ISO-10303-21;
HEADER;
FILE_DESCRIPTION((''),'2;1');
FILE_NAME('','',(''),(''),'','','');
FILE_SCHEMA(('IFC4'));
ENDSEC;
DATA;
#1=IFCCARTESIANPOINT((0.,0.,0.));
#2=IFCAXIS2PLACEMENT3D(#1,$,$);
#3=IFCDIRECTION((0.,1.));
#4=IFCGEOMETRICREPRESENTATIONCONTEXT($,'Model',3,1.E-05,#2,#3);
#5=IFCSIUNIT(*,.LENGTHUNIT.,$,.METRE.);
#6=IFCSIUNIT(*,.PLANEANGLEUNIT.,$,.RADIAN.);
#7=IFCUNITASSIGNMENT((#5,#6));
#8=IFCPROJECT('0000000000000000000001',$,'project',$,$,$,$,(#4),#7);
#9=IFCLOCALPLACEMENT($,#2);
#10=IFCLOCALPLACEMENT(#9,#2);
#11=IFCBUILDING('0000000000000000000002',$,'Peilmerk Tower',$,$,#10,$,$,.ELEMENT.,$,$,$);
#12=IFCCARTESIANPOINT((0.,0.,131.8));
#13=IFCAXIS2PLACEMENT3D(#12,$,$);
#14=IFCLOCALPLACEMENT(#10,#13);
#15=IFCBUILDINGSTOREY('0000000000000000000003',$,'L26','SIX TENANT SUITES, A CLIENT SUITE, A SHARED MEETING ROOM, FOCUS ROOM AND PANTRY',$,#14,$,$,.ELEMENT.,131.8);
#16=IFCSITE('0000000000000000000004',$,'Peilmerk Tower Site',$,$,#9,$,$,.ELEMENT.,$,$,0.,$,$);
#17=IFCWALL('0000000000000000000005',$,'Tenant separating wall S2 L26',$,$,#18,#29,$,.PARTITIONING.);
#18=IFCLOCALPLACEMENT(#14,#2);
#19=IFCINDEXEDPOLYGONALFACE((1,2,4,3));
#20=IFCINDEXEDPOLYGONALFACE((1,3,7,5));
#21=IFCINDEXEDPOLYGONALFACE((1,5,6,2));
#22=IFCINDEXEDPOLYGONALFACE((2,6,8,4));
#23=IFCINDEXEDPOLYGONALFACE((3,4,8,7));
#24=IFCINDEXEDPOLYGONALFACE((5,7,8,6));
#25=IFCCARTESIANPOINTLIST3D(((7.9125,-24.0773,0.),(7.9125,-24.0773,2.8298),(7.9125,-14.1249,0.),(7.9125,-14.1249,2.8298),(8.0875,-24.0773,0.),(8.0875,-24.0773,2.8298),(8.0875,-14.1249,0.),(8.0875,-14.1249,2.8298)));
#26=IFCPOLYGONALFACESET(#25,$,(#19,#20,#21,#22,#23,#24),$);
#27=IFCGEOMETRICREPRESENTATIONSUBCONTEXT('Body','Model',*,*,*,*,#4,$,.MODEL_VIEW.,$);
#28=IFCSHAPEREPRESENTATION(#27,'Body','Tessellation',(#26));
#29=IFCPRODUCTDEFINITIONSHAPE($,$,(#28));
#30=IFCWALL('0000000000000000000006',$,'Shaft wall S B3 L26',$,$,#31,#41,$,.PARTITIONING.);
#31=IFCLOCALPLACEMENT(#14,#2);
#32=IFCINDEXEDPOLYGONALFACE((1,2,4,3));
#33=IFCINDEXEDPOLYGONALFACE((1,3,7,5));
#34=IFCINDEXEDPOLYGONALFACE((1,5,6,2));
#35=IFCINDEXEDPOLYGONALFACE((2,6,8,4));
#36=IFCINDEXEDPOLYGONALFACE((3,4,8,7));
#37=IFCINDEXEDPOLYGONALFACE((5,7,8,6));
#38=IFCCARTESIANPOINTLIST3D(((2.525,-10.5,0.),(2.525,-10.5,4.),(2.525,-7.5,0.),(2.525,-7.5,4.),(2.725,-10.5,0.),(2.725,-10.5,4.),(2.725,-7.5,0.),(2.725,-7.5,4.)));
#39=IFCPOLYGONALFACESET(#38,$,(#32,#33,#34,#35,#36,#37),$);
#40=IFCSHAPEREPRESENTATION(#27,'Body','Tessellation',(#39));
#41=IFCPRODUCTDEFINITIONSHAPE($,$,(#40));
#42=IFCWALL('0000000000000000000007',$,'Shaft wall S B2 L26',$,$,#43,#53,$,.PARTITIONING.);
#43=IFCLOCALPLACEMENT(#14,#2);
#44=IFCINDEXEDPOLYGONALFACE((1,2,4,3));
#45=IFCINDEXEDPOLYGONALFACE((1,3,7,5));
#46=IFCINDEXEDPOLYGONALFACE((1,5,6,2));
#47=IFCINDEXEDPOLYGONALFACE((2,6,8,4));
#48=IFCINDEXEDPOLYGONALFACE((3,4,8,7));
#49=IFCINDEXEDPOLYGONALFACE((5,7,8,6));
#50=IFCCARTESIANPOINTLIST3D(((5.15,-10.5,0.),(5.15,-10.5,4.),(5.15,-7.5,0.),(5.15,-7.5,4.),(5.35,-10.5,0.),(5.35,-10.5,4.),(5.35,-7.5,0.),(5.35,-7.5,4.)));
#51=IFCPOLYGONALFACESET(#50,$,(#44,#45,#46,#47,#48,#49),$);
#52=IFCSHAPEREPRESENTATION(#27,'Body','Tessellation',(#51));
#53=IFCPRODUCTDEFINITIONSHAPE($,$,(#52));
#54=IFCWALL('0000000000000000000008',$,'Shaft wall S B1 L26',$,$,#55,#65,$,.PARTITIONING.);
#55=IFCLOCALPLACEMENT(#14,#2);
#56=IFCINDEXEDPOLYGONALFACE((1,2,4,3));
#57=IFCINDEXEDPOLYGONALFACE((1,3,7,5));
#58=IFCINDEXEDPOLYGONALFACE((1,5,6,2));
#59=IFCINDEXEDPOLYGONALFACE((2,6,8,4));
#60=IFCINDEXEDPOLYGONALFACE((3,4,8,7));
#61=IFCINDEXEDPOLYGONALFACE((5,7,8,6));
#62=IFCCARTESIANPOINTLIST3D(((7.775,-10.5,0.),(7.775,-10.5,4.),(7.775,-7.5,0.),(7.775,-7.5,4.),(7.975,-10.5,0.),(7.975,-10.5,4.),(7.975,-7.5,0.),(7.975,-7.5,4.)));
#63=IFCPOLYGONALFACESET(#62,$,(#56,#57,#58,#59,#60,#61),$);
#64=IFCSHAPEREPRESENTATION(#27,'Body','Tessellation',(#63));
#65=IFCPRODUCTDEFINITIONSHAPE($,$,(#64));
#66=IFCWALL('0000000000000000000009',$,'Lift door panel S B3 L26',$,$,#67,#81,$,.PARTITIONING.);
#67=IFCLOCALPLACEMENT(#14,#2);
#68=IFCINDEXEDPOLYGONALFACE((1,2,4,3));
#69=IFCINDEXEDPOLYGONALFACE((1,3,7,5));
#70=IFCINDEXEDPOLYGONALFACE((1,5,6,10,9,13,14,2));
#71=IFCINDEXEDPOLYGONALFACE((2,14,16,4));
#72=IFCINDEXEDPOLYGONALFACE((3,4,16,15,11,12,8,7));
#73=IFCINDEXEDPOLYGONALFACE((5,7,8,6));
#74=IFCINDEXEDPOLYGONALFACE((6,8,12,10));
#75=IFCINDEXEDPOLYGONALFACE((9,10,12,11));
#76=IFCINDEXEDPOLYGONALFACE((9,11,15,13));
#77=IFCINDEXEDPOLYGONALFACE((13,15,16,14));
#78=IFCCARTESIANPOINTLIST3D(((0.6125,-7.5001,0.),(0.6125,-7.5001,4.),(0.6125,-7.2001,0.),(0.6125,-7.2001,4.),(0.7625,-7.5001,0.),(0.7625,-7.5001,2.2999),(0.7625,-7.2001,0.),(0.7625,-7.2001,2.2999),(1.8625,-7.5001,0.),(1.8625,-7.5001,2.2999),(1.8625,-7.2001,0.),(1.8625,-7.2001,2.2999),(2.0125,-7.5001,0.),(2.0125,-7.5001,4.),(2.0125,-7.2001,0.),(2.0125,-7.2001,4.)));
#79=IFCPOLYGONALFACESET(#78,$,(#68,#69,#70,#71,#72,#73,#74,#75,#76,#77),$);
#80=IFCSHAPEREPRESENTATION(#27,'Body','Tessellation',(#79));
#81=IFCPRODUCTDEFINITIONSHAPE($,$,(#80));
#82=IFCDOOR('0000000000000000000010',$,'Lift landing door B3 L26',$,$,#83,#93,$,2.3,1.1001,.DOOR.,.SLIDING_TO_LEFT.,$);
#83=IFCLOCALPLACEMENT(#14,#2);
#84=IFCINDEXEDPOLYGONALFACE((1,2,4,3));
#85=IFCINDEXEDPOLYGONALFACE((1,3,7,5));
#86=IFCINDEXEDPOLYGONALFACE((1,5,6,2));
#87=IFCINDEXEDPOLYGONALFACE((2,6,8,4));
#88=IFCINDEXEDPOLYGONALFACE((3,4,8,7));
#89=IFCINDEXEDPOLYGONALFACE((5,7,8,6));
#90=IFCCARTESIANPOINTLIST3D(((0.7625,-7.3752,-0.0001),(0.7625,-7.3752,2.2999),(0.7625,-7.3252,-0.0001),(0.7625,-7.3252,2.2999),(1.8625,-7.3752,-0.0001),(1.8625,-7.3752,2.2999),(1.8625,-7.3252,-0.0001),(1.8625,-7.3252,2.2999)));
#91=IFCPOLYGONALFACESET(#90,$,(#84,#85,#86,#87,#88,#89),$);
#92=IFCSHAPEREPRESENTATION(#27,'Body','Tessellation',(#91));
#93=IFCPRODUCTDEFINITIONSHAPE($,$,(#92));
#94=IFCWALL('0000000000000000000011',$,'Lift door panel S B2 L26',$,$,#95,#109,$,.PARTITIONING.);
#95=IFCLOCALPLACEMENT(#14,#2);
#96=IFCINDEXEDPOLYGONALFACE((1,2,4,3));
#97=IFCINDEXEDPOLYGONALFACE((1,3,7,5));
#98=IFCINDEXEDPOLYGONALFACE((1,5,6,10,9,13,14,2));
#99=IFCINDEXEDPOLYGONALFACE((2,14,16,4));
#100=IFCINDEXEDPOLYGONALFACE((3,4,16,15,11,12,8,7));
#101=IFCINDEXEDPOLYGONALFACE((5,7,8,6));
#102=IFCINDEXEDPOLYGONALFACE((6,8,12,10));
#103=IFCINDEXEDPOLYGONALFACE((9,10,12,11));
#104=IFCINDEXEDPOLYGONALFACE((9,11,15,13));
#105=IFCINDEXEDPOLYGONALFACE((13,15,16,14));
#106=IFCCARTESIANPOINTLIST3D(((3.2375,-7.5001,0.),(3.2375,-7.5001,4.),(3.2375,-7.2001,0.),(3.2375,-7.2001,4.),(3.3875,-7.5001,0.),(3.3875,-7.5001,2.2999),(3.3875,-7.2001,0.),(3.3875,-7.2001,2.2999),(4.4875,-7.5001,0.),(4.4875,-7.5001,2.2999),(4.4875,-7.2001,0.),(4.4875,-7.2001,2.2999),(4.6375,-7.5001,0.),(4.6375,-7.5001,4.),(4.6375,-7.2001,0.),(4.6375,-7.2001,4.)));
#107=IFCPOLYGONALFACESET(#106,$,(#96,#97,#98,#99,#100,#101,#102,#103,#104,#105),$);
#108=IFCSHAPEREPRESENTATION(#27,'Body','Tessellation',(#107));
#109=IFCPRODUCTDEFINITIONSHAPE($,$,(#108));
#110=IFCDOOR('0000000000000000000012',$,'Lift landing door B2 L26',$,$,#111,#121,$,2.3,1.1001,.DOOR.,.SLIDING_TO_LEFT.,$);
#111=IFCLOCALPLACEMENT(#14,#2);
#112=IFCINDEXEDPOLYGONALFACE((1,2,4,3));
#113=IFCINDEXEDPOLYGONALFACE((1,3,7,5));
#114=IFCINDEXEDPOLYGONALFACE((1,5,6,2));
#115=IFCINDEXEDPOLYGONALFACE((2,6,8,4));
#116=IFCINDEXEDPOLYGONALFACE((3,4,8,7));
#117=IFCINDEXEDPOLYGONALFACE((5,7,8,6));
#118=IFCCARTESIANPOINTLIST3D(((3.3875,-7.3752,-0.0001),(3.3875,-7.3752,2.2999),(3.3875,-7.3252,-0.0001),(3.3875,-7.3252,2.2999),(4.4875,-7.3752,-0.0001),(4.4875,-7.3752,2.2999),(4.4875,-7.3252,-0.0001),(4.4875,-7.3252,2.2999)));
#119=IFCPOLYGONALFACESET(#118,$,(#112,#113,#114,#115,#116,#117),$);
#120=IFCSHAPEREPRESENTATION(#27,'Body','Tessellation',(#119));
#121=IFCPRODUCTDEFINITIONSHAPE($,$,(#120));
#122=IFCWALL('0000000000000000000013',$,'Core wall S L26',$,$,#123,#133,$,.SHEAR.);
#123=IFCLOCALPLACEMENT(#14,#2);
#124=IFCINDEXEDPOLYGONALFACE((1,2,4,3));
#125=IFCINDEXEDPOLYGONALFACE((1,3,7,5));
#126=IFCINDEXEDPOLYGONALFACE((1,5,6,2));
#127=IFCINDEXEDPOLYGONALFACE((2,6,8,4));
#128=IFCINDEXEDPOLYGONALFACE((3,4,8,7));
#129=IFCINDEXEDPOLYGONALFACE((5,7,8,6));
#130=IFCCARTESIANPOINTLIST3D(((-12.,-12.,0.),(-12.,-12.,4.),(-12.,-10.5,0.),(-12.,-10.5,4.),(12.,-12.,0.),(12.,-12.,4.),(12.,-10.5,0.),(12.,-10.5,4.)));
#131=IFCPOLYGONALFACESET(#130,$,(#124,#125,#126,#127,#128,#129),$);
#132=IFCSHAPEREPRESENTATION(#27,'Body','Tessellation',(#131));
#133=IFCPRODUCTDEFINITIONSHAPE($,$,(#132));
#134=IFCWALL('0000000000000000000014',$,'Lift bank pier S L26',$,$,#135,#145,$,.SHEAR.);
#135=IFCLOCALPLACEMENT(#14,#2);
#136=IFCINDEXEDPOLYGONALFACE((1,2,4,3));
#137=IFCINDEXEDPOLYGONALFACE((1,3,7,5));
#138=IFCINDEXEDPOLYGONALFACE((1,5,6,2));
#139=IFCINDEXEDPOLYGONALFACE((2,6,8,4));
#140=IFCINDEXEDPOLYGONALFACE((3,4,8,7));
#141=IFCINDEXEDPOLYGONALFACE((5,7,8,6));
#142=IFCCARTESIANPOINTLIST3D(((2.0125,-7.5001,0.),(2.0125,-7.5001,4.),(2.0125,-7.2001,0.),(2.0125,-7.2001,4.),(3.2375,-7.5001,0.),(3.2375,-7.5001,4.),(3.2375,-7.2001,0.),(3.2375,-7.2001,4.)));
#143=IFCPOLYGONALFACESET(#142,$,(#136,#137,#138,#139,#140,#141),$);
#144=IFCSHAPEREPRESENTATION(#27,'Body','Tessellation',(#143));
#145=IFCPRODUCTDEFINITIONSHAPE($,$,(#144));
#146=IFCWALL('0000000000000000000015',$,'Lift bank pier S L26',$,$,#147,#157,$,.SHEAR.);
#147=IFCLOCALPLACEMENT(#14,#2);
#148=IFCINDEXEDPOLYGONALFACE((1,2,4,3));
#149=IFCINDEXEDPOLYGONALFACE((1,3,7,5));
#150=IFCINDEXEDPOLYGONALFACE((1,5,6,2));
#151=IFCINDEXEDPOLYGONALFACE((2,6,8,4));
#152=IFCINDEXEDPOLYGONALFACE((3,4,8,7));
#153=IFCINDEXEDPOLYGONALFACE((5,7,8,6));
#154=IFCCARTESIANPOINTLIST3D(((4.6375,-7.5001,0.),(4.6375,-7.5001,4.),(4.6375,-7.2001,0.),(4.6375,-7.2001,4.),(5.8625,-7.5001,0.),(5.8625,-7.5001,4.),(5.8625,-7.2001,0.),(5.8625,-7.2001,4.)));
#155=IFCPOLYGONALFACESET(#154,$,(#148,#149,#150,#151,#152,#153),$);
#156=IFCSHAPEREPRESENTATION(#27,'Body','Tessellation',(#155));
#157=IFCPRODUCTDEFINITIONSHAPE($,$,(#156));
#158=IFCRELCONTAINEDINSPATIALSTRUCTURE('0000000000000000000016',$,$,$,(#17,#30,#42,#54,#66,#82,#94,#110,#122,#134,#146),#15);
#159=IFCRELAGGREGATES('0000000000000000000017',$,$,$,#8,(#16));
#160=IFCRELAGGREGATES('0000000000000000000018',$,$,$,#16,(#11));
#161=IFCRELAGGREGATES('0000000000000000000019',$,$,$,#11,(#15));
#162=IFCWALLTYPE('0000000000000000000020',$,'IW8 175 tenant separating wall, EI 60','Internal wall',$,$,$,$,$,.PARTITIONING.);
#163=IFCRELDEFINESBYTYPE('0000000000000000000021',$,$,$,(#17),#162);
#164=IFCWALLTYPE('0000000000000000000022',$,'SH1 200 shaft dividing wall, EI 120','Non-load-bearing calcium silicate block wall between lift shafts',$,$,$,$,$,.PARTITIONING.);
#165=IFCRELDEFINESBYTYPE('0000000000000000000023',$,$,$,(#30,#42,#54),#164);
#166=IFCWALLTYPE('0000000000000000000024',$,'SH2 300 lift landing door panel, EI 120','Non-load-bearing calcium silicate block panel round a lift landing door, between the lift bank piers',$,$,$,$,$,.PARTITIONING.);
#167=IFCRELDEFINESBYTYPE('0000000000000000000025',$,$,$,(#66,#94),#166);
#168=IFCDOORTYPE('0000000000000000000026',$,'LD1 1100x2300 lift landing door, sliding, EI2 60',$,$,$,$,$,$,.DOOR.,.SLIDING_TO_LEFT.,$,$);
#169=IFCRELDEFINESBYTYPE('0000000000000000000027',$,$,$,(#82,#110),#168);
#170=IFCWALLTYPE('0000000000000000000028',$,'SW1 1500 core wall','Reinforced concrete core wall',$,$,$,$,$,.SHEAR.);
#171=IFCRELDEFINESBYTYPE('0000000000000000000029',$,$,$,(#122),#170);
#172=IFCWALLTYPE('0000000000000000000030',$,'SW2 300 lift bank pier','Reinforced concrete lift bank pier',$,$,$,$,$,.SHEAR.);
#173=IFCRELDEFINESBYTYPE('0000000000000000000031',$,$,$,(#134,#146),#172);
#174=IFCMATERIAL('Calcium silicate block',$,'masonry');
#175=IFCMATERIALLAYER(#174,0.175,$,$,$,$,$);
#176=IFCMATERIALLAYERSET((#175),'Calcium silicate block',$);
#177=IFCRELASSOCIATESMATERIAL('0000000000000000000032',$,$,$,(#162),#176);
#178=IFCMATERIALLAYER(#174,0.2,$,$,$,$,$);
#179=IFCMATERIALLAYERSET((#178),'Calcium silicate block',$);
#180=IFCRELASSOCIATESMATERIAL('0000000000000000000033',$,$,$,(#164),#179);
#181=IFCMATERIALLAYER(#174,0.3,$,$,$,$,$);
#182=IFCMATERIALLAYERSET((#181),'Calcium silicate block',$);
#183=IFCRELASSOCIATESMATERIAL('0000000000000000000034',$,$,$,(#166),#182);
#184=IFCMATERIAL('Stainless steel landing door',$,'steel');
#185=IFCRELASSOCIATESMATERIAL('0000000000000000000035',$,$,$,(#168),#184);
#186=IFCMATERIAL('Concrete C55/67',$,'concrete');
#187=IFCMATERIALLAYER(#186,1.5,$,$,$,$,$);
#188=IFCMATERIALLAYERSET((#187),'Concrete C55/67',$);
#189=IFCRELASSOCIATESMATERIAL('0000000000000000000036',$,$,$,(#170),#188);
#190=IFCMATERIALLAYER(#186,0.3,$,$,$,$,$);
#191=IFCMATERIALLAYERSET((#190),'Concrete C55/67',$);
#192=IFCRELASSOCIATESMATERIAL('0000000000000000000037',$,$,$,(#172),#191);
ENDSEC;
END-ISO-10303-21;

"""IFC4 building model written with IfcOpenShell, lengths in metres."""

from ifc_helpers import new_model, si_unit, direction, frame, frame_2d, origin, place, context, subcontext, project, spatial, rectangle, extrude, material, layer, layer_set, type_object, element, fill, save


model = new_model("IFC4")

# Units and contexts
model_context = context("Model", 3, precision=1e-05, world=origin(), true_north=direction((0.0, 1.0)))
body_context = subcontext(model_context, "Body", "Model", "MODEL_VIEW")
ifc_project = project(units=[si_unit("LENGTHUNIT", "METRE"), si_unit("PLANEANGLEUNIT", "RADIAN")], contexts=[model_context])

# Site, building, storey
site_placement = place(None, origin())
site = spatial("IfcSite", under=ifc_project, at=site_placement, Name="Peilmerk Tower Site", CompositionType="ELEMENT", RefElevation=0.0)
building_placement = place(site_placement, origin())
building = spatial("IfcBuilding", under=site, at=building_placement, Name="Peilmerk Tower", CompositionType="ELEMENT")
storey_placement = place(building_placement, frame((0.0, 0.0, 131.8)))
storey = spatial("IfcBuildingStorey", under=building, at=storey_placement, Name="L26", Description="SIX TENANT SUITES, A CLIENT SUITE, A SHARED MEETING ROOM, FOCUS ROOM AND PANTRY", CompositionType="ELEMENT", Elevation=131.8)

# Shared definitions
ifc_material_1 = material(Name="Calcium silicate block", Category="masonry")

# Walls
ifc_layer_1 = layer(ifc_material_1, 0.175)
ifc_layer_set_1 = layer_set([ifc_layer_1], Name="Calcium silicate block")
wall_type_1 = type_object("IfcWallType", Name="IW8 175 tenant separating wall, EI 60", Description="Internal wall", PredefinedType="PARTITIONING", material=ifc_layer_set_1)
wall_1_placement = place(storey_placement, frame((8.0, -14.125, 0.0), z_axis=(0.0, 0.0, 1.0), x_axis=(0.0, -1.0, 0.0)))
element("IfcWall", 1, at=wall_1_placement, inside=storey, type_object=wall_type_1, Name="Tenant separating wall S2 L26", PredefinedType="PARTITIONING", context=body_context, shape_type="SweptSolid", body=[
    extrude(rectangle(XDim=9.9524, YDim=0.175, at=frame_2d((4.9761, 0.0))), origin(), (0.0, 0.0, 1.0), 2.8298),
])
ifc_layer_2 = layer(ifc_material_1, 0.2)
ifc_layer_set_2 = layer_set([ifc_layer_2], Name="Calcium silicate block")
wall_type_2 = type_object("IfcWallType", Name="SH1 200 shaft dividing wall, EI 120", Description="Non-load-bearing calcium silicate block wall between lift shafts", PredefinedType="PARTITIONING", material=ifc_layer_set_2)
for number, where, z_axis, x_axis, name in (
    (2, (2.625, -10.5, 0.0), (0.0, 0.0, 1.0), (0.0, 1.0, 0.0), "Shaft wall S B3 L26"),
    (3, (5.25, -10.5, 0.0), (0.0, 0.0, 1.0), (0.0, 1.0, 0.0), "Shaft wall S B2 L26"),
    (4, (7.875, -10.5, 0.0), (0.0, 0.0, 1.0), (0.0, 1.0, 0.0), "Shaft wall S B1 L26"),
):
    element("IfcWall", number, at=place(storey_placement, frame(where, z_axis=z_axis, x_axis=x_axis)), inside=storey, type_object=wall_type_2, Name=name, PredefinedType="PARTITIONING", context=body_context, shape_type="SweptSolid", body=[
        extrude(rectangle(XDim=3.0, YDim=0.2, at=frame_2d((1.5, 0.0))), origin(), (0.0, 0.0, 1.0), 4.0),
    ])

# Walls, openings, doors
ifc_layer_3 = layer(ifc_material_1, 0.3)
ifc_layer_set_3 = layer_set([ifc_layer_3], Name="Calcium silicate block")
wall_type_3 = type_object("IfcWallType", Name="SH2 300 lift landing door panel, EI 120", Description="Non-load-bearing calcium silicate block panel round a lift landing door, between the lift bank piers", PredefinedType="PARTITIONING", material=ifc_layer_set_3)
wall_2_placement = place(storey_placement, frame((0.6125, -7.3501, 0.0), z_axis=(0.0, 0.0, 1.0), x_axis=(1.0, 0.0, 0.0)))
wall_2 = element("IfcWall", 5, at=wall_2_placement, inside=storey, type_object=wall_type_3, Name="Lift door panel S B3 L26", PredefinedType="PARTITIONING", context=body_context, shape_type="SweptSolid", body=[
    extrude(rectangle(XDim=1.3999, YDim=0.3, at=frame_2d((0.7, 0.0))), origin(), (0.0, 0.0, 1.0), 4.0),
])
opening_1_placement = place(wall_2_placement, frame((0.1499, 0.0, 0.0)))
opening_1 = element("IfcOpeningElement", 6, at=opening_1_placement, cuts=wall_2, PredefinedType="OPENING", context=body_context, shape_type="SweptSolid", body=[
    extrude(rectangle(XDim=1.1001, YDim=2.3, at=frame_2d((0.55, 1.1499))), frame((0.0, 0.1599, 0.0), z_axis=(0.0, -1.0, 0.0), x_axis=(1.0, 0.0, 0.0)), (0.0, 0.0, 1.0), 0.3201),
])
ifc_material_2 = material(Name="Stainless steel landing door", Category="steel")
door_type_1 = type_object("IfcDoorType", Name="LD1 1100x2300 lift landing door, sliding, EI2 60", OperationType="SLIDING_TO_LEFT", PredefinedType="DOOR", material=ifc_material_2)
door_1_placement = place(opening_1_placement, origin())
door_1 = element("IfcDoor", 7, at=door_1_placement, inside=storey, type_object=door_type_1, Name="Lift landing door B3 L26", OperationType="SLIDING_TO_LEFT", OverallHeight=2.3, OverallWidth=1.1001, PredefinedType="DOOR", context=body_context, shape_type="SweptSolid", body=[
    extrude(rectangle(XDim=1.1001, YDim=2.3, at=frame_2d((0.55, 1.1499))), frame((0.0, 0.0249, 0.0), z_axis=(0.0, -1.0, 0.0), x_axis=(1.0, 0.0, 0.0)), (0.0, 0.0, 1.0), 0.05),
])
fill(opening_1, door_1)
wall_3_placement = place(storey_placement, frame((3.2375, -7.3501, 0.0), z_axis=(0.0, 0.0, 1.0), x_axis=(1.0, 0.0, 0.0)))
wall_3 = element("IfcWall", 8, at=wall_3_placement, inside=storey, type_object=wall_type_3, Name="Lift door panel S B2 L26", PredefinedType="PARTITIONING", context=body_context, shape_type="SweptSolid", body=[
    extrude(rectangle(XDim=1.3999, YDim=0.3, at=frame_2d((0.7, 0.0))), origin(), (0.0, 0.0, 1.0), 4.0),
])
opening_2_placement = place(wall_3_placement, frame((0.1499, 0.0, 0.0)))
opening_2 = element("IfcOpeningElement", 9, at=opening_2_placement, cuts=wall_3, PredefinedType="OPENING", context=body_context, shape_type="SweptSolid", body=[
    extrude(rectangle(XDim=1.1001, YDim=2.3, at=frame_2d((0.55, 1.1499))), frame((0.0, 0.1599, 0.0), z_axis=(0.0, -1.0, 0.0), x_axis=(1.0, 0.0, 0.0)), (0.0, 0.0, 1.0), 0.3201),
])
door_2_placement = place(opening_2_placement, origin())
door_2 = element("IfcDoor", 10, at=door_2_placement, inside=storey, type_object=door_type_1, Name="Lift landing door B2 L26", OperationType="SLIDING_TO_LEFT", OverallHeight=2.3, OverallWidth=1.1001, PredefinedType="DOOR", context=body_context, shape_type="SweptSolid", body=[
    extrude(rectangle(XDim=1.1001, YDim=2.3, at=frame_2d((0.55, 1.1499))), frame((0.0, 0.0249, 0.0), z_axis=(0.0, -1.0, 0.0), x_axis=(1.0, 0.0, 0.0)), (0.0, 0.0, 1.0), 0.05),
])
fill(opening_2, door_2)

# Walls
ifc_material_3 = material(Name="Concrete C55/67", Category="concrete")
ifc_layer_4 = layer(ifc_material_3, 1.5)
ifc_layer_set_4 = layer_set([ifc_layer_4], Name="Concrete C55/67")
wall_type_4 = type_object("IfcWallType", Name="SW1 1500 core wall", Description="Reinforced concrete core wall", PredefinedType="SHEAR", material=ifc_layer_set_4)
wall_4_placement = place(storey_placement, frame((12.0, -11.25, 0.0), z_axis=(0.0, 0.0, 1.0), x_axis=(-1.0, 0.0, 0.0)))
element("IfcWall", 11, at=wall_4_placement, inside=storey, type_object=wall_type_4, Name="Core wall S L26", PredefinedType="SHEAR", context=body_context, shape_type="SweptSolid", body=[
    extrude(rectangle(XDim=24.0, YDim=1.5, at=frame_2d((12.0, 0.0))), origin(), (0.0, 0.0, 1.0), 4.0),
])
ifc_layer_5 = layer(ifc_material_3, 0.3)
ifc_layer_set_5 = layer_set([ifc_layer_5], Name="Concrete C55/67")
wall_type_5 = type_object("IfcWallType", Name="SW2 300 lift bank pier", Description="Reinforced concrete lift bank pier", PredefinedType="SHEAR", material=ifc_layer_set_5)
for number, where, z_axis, x_axis, name in (
    (12, (2.0125, -7.3501, 0.0), (0.0, 0.0, 1.0), (1.0, 0.0, 0.0), "Lift bank pier S L26"),
    (13, (4.6375, -7.3501, 0.0), (0.0, 0.0, 1.0), (1.0, 0.0, 0.0), "Lift bank pier S L26"),
):
    element("IfcWall", number, at=place(storey_placement, frame(where, z_axis=z_axis, x_axis=x_axis)), inside=storey, type_object=wall_type_5, Name=name, PredefinedType="SHEAR", context=body_context, shape_type="SweptSolid", body=[
        extrude(rectangle(XDim=1.2251, YDim=0.3, at=frame_2d((0.6125, 0.0))), origin(), (0.0, 0.0, 1.0), 4.0),
    ])

save(model, "model.ifc")
